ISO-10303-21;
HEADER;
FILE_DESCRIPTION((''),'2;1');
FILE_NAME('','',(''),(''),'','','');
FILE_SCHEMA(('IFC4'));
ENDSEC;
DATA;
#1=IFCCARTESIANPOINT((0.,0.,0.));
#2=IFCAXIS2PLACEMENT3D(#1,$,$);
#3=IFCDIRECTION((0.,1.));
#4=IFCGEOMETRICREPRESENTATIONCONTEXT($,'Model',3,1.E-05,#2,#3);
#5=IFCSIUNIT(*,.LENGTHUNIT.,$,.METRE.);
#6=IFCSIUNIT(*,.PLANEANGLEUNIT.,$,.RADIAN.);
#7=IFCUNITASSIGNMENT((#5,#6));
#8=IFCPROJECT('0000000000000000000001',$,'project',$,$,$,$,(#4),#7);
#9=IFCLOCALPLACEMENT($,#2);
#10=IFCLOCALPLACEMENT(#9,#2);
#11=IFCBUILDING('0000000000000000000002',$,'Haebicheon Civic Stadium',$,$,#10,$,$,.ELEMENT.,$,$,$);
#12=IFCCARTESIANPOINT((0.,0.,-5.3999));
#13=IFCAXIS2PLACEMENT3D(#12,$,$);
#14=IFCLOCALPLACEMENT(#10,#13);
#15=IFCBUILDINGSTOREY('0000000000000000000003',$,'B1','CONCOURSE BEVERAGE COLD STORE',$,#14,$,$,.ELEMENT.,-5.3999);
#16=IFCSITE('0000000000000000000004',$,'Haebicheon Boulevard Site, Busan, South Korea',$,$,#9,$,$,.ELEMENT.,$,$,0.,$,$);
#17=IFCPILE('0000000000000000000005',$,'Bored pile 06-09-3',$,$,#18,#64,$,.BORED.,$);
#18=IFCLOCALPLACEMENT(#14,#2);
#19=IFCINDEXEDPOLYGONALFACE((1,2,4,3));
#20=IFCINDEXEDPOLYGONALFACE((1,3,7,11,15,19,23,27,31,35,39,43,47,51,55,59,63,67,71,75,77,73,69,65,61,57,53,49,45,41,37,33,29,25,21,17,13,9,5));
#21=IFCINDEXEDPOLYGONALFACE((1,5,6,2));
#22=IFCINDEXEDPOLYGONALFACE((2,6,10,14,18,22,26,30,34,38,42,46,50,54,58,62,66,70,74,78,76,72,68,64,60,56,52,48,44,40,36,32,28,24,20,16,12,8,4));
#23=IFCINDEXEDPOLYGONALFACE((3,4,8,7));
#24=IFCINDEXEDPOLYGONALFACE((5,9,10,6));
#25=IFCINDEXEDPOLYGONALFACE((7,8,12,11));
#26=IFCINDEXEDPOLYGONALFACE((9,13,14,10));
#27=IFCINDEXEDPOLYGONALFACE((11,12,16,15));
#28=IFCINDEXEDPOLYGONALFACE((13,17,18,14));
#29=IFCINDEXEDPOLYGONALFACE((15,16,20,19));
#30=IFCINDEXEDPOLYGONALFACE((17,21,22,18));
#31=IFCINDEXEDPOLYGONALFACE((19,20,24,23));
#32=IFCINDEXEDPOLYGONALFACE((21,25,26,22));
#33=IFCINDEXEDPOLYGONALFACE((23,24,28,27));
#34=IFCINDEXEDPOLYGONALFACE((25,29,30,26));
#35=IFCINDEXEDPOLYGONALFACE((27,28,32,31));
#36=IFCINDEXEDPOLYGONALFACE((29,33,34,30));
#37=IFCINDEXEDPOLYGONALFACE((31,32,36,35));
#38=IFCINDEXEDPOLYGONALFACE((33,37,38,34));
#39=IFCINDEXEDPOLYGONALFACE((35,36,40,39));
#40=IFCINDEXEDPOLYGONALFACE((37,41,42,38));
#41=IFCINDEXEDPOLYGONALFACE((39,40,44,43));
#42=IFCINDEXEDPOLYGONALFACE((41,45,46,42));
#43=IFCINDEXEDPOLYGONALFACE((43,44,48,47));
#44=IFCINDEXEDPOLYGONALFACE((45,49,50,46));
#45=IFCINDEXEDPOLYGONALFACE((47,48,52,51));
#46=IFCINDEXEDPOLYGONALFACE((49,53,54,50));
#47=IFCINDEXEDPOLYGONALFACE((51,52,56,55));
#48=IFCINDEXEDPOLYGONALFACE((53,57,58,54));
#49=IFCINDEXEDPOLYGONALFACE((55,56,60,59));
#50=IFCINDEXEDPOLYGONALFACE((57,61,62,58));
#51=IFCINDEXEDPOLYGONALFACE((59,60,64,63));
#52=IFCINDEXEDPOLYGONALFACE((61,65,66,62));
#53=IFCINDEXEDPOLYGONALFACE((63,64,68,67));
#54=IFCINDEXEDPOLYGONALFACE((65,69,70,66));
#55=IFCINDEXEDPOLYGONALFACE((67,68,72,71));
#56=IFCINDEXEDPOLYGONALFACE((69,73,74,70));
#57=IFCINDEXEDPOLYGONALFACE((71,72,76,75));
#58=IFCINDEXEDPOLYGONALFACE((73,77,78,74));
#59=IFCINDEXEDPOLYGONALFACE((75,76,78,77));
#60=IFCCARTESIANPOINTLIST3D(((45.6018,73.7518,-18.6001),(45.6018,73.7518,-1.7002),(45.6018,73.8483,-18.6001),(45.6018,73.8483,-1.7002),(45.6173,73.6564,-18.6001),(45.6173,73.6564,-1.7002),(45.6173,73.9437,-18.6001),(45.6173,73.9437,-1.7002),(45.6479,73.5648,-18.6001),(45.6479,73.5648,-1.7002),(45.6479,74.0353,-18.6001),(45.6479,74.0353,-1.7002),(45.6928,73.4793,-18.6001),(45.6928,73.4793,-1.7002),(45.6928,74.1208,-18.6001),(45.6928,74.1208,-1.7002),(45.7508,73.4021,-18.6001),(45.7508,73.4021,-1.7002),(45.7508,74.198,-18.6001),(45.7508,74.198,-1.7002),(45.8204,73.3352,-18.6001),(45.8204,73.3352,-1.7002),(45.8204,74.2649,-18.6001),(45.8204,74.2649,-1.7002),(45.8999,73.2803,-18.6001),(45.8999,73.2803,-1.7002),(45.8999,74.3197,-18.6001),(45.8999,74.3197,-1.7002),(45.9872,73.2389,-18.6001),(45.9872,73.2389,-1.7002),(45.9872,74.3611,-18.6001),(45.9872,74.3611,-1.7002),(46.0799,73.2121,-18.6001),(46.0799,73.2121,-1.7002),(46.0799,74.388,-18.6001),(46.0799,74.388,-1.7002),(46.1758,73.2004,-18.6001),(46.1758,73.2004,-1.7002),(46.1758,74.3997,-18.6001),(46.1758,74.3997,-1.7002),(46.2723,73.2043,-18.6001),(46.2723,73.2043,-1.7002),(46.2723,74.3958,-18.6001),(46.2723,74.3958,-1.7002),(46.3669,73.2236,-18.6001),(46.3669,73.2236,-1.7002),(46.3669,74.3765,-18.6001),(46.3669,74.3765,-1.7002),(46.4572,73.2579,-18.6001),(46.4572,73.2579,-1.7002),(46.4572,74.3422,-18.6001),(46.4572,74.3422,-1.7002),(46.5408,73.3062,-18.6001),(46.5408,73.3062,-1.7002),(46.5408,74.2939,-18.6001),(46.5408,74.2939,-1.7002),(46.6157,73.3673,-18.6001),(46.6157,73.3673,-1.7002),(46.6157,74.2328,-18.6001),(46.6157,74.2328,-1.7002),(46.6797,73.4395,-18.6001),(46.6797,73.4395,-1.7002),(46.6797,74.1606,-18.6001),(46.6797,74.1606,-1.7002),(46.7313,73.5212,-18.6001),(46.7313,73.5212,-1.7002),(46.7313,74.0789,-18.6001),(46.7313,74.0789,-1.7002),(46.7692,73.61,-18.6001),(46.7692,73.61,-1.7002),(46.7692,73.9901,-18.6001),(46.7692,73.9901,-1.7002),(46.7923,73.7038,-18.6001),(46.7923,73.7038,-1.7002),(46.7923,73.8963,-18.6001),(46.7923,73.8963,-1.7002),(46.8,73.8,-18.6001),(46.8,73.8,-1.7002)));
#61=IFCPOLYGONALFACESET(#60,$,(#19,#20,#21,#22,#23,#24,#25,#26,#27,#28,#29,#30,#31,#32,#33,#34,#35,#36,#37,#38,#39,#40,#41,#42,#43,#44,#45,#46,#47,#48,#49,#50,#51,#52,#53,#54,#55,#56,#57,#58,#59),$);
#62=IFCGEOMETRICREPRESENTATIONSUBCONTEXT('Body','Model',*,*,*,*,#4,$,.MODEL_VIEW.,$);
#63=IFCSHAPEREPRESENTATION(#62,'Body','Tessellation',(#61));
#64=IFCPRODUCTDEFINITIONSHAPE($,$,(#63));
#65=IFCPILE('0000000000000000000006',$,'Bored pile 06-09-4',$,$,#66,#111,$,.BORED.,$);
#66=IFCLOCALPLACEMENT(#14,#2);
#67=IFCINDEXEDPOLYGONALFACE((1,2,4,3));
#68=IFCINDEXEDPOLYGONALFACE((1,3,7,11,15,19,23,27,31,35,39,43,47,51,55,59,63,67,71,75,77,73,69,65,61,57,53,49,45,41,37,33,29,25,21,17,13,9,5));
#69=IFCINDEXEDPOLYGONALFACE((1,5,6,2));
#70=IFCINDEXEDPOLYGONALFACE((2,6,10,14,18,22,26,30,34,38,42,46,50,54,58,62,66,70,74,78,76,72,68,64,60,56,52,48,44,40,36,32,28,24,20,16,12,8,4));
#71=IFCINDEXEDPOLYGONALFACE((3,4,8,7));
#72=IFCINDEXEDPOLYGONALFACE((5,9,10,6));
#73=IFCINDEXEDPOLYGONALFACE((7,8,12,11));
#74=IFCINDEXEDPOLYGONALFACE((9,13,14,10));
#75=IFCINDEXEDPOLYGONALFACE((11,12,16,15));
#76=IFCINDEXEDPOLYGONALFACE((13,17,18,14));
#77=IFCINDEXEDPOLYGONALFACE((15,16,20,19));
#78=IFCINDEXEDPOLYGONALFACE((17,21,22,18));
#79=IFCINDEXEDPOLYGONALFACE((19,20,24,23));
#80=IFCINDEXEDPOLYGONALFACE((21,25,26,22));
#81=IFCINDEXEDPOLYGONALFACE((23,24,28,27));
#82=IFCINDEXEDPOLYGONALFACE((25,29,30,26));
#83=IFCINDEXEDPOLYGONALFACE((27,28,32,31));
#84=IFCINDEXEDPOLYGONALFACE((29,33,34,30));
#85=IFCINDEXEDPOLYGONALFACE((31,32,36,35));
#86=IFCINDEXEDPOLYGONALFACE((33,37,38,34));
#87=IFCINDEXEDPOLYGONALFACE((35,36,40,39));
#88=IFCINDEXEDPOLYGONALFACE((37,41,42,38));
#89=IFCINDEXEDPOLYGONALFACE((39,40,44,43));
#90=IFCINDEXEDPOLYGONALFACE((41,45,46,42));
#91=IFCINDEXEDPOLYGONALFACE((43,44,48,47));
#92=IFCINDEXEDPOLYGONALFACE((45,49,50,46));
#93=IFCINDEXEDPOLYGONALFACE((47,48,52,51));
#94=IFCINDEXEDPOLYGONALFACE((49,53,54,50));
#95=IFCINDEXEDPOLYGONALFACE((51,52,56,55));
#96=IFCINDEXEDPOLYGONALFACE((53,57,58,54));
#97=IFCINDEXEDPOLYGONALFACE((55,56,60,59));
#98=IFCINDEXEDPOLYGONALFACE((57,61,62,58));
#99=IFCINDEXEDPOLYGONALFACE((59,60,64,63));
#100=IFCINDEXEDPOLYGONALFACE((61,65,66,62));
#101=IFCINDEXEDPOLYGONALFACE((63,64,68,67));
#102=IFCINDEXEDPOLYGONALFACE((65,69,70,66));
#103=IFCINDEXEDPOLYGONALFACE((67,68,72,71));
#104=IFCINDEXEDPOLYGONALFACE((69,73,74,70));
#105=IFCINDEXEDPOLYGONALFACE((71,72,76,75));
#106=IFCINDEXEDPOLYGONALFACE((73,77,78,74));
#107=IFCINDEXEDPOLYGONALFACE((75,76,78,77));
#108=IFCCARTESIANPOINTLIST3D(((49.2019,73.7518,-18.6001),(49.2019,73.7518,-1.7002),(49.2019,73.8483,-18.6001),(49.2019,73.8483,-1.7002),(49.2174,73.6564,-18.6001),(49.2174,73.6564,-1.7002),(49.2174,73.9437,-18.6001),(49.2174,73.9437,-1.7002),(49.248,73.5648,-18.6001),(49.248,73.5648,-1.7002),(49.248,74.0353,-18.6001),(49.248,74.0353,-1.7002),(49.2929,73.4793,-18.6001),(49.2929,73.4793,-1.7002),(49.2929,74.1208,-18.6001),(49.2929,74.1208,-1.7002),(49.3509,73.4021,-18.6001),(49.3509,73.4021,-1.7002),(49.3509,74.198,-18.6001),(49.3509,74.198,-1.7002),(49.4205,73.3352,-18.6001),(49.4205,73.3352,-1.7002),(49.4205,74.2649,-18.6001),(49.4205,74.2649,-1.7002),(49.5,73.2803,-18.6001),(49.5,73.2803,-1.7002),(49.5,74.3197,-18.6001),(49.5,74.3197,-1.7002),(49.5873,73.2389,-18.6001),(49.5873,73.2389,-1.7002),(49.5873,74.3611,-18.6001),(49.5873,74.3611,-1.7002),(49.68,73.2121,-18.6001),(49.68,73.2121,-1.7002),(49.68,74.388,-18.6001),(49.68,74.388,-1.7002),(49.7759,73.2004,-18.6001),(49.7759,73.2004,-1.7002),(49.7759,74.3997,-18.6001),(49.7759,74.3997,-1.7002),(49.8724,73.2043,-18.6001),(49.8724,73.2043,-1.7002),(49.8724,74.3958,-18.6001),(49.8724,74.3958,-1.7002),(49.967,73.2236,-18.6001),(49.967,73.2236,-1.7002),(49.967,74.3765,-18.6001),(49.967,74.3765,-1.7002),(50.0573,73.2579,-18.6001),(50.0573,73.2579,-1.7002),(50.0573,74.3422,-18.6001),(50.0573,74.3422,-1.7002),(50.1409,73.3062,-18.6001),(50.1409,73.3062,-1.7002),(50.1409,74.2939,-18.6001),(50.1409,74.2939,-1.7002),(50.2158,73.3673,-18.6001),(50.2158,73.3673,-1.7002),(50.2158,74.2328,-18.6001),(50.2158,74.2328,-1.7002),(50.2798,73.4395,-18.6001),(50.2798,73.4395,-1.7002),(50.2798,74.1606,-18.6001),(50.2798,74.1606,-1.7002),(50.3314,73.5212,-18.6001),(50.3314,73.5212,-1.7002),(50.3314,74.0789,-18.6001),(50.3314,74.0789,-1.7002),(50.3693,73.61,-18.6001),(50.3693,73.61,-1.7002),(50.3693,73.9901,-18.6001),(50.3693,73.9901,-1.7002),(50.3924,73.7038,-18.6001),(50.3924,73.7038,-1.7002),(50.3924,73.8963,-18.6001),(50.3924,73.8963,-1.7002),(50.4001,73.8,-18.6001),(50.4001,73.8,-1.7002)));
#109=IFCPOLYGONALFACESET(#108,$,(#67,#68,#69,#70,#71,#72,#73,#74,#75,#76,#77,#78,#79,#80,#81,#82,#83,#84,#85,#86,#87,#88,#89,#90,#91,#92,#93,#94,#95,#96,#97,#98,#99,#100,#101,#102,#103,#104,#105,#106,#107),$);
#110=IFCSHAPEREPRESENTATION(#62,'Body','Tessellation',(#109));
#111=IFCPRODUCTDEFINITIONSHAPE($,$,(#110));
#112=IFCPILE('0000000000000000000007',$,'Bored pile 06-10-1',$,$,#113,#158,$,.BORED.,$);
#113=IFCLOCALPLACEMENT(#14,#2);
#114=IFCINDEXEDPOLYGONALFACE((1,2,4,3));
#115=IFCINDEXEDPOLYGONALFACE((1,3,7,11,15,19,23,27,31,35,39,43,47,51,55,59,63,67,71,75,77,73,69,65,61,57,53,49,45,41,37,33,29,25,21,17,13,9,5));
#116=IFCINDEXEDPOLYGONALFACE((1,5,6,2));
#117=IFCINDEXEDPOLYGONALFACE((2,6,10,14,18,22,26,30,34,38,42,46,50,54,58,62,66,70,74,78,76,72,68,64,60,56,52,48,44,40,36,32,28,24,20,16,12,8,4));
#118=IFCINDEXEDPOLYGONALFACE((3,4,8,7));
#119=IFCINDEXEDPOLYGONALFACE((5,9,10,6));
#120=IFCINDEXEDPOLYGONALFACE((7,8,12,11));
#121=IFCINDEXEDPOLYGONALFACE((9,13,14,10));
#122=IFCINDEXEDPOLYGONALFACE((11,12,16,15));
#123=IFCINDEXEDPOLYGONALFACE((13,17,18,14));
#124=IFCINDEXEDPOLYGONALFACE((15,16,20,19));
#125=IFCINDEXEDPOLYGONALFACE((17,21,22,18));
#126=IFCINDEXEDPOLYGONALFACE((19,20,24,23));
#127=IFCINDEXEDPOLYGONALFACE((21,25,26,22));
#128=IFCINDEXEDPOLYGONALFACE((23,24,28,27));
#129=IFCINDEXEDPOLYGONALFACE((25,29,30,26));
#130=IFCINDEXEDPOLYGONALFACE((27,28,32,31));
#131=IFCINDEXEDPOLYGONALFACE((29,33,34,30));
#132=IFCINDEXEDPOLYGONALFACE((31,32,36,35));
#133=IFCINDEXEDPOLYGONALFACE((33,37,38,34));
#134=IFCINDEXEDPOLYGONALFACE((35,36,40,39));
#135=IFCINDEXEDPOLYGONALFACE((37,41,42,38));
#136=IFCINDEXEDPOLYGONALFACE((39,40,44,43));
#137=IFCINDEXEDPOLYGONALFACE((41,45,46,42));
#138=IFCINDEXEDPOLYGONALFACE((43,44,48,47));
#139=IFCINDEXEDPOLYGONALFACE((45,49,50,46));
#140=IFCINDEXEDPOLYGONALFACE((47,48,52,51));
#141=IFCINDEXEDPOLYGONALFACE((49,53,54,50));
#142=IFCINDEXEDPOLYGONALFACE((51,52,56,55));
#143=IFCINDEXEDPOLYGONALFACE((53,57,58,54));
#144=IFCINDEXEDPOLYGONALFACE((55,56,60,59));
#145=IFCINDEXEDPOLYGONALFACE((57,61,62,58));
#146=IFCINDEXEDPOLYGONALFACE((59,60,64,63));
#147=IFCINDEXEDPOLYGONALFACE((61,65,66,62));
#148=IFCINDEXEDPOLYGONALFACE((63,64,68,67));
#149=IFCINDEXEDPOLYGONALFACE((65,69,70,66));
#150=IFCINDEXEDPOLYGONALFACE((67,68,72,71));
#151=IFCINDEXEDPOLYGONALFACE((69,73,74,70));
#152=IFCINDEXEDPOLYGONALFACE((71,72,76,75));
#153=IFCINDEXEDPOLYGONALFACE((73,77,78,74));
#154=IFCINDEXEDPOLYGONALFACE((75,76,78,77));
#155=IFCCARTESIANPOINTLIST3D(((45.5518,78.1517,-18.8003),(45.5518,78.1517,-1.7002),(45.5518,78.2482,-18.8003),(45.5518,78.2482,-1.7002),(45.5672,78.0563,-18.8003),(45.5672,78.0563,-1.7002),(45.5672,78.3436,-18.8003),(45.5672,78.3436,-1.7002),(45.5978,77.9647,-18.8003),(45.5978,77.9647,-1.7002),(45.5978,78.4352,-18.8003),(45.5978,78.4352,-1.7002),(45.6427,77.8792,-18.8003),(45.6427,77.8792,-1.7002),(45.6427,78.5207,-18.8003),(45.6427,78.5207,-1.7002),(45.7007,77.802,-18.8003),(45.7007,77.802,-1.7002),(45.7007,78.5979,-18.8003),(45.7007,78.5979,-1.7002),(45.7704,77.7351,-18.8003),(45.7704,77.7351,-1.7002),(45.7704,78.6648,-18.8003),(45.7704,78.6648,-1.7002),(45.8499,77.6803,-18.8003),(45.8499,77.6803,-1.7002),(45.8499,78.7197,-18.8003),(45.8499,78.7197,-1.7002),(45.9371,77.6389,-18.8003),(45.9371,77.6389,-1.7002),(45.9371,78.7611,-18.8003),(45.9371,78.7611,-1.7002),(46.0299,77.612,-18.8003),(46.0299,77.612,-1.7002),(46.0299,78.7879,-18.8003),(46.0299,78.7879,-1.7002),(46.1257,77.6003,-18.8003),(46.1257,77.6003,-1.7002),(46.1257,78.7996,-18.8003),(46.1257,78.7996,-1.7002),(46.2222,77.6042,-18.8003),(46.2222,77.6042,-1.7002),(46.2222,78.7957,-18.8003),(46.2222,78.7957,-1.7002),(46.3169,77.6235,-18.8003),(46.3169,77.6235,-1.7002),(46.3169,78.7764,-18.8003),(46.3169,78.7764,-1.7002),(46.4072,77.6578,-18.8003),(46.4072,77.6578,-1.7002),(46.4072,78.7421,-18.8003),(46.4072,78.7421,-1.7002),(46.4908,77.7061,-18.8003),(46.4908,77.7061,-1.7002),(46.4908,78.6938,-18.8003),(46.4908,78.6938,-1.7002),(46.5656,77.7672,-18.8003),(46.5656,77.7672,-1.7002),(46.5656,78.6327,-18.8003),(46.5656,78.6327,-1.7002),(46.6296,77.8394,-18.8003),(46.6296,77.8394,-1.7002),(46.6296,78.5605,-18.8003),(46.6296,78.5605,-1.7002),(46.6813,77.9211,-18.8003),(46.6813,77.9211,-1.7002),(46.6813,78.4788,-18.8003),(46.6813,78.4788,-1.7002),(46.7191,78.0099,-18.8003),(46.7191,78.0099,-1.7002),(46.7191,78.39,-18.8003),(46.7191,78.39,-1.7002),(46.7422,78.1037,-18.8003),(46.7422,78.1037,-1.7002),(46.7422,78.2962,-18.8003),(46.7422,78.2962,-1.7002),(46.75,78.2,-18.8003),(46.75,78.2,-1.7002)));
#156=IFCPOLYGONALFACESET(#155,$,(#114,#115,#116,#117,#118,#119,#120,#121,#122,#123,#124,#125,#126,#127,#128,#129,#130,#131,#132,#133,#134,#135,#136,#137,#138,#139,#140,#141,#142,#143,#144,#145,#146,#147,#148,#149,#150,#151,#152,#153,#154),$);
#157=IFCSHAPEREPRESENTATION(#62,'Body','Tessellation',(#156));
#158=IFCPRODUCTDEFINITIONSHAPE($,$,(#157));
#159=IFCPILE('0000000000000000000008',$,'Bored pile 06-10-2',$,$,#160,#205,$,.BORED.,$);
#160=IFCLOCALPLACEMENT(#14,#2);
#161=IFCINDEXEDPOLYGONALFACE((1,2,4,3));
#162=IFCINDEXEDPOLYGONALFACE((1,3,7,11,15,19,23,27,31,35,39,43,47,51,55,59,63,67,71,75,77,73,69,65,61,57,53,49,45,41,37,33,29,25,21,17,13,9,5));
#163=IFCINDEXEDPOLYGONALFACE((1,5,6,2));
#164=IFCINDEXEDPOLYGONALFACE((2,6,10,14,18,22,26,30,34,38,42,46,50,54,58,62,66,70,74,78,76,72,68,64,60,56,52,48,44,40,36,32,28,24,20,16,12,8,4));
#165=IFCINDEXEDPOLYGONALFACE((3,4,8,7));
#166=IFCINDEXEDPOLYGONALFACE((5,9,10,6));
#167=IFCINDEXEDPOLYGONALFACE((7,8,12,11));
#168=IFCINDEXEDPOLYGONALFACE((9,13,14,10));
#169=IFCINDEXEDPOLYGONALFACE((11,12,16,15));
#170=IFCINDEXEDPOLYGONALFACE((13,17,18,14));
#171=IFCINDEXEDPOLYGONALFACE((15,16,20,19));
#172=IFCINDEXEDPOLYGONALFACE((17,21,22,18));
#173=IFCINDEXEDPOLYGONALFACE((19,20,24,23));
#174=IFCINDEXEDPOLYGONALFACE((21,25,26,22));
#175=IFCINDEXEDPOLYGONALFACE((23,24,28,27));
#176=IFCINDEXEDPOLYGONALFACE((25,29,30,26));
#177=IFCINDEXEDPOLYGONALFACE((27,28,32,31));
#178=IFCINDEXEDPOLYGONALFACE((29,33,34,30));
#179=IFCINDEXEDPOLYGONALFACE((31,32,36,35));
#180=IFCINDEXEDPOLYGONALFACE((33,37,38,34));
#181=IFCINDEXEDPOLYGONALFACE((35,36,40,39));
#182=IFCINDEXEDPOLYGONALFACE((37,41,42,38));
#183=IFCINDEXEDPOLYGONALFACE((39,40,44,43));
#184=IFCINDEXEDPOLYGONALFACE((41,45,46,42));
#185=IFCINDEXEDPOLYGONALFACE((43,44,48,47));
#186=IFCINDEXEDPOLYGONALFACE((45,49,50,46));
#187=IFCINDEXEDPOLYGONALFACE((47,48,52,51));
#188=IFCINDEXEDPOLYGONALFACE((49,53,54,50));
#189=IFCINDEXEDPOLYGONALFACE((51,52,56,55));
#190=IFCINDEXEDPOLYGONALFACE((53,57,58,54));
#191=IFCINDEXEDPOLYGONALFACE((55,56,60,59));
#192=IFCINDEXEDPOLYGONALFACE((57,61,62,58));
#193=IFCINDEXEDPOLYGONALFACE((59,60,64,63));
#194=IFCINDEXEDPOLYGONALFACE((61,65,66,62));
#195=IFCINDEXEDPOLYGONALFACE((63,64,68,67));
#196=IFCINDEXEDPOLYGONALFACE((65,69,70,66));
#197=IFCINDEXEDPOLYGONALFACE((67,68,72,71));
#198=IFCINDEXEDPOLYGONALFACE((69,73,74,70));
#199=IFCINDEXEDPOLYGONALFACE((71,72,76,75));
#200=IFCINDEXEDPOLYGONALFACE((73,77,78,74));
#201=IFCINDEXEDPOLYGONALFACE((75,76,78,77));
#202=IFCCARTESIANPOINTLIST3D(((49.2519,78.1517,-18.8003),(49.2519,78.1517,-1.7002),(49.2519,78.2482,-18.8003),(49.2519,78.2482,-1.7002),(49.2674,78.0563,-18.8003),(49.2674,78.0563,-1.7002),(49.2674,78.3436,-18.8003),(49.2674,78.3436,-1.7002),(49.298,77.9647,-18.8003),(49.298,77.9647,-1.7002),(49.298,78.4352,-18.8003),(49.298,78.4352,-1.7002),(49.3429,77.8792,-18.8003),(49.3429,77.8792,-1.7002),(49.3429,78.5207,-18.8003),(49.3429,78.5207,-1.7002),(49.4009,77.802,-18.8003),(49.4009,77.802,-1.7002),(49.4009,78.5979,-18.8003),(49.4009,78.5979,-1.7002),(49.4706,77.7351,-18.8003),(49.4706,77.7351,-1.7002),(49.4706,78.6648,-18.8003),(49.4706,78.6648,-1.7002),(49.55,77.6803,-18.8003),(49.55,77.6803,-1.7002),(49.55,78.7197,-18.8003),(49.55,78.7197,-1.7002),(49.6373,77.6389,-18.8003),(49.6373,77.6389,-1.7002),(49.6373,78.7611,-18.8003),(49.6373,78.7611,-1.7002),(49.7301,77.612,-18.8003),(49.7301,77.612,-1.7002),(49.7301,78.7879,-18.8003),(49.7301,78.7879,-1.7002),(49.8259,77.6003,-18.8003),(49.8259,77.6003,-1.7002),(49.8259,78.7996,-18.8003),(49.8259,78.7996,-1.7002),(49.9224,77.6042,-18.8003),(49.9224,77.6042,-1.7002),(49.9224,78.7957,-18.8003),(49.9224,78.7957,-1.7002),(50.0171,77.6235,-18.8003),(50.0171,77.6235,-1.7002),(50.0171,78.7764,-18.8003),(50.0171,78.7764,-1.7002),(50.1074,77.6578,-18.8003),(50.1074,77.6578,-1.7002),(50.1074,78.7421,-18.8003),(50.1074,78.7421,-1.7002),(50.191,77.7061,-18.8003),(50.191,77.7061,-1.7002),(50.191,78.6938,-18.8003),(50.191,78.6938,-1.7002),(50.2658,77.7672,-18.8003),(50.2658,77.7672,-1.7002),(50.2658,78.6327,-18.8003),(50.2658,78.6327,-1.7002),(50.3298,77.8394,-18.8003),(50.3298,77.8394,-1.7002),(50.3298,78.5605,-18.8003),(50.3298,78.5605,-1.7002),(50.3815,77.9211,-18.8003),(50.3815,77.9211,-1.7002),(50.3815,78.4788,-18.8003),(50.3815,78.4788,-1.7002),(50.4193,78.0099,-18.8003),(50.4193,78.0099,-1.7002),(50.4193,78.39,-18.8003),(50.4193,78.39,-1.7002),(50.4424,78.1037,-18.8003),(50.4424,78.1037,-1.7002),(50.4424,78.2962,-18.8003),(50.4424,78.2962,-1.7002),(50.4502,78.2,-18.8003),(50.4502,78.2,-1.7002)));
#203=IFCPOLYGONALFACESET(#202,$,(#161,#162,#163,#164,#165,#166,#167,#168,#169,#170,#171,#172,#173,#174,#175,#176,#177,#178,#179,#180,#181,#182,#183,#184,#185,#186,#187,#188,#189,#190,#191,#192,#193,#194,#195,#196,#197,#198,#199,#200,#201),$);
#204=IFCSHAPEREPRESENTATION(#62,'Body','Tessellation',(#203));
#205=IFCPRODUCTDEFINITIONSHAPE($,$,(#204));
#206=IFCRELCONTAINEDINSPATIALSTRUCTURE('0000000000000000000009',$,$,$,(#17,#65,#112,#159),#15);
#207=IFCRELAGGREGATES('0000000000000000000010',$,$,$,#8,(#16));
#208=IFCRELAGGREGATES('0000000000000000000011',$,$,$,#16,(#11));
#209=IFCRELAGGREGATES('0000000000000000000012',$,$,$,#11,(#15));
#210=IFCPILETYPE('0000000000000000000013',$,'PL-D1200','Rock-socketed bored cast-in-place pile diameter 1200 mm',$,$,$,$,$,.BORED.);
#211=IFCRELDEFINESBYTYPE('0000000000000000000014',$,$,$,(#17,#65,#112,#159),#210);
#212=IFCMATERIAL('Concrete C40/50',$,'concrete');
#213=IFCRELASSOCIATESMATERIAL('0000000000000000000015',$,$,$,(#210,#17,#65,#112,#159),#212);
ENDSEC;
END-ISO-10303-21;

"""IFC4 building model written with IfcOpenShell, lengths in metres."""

from ifc_helpers import new_model, si_unit, direction, frame, origin, origin_2d, place, context, subcontext, project, spatial, circle, extrude, material, material_profile, profile_set, type_object, element, save


model = new_model("IFC4")

# Units and contexts
model_context = context("Model", 3, precision=1e-05, world=origin(), true_north=direction((0.0, 1.0)))
body_context = subcontext(model_context, "Body", "Model", "MODEL_VIEW")
ifc_project = project(units=[si_unit("LENGTHUNIT", "METRE"), si_unit("PLANEANGLEUNIT", "RADIAN")], contexts=[model_context])

# Site, building, storey
site_placement = place(None, origin())
site = spatial("IfcSite", under=ifc_project, at=site_placement, Name="Haebicheon Boulevard Site, Busan, South Korea", CompositionType="ELEMENT", RefElevation=0.0)
building_placement = place(site_placement, origin())
building = spatial("IfcBuilding", under=site, at=building_placement, Name="Haebicheon Civic Stadium", CompositionType="ELEMENT")
storey_placement = place(building_placement, frame((0.0, 0.0, -5.3999)))
storey = spatial("IfcBuildingStorey", under=building, at=storey_placement, Name="B1", Description="CONCOURSE BEVERAGE COLD STORE", CompositionType="ELEMENT", Elevation=-5.3999)

# Piles
ifc_material_1 = material(Name="Concrete C40/50", Category="concrete")
ifc_material_profile_1 = material_profile(ifc_material_1, circle(Radius=0.6001, at=origin_2d()), Name="PILE-D1200")
ifc_profile_set_1 = profile_set([ifc_material_profile_1], Name="Concrete C40/50")
pile_type_1 = type_object("IfcPileType", Name="PL-D1200", Description="Rock-socketed bored cast-in-place pile diameter 1200 mm", PredefinedType="BORED", material=ifc_profile_set_1)
for number, where, z_axis, x_axis, name in (
    (1, (46.2, 73.8, -1.7002), (0.0, 0.0, -1.0), (1.0, 0.0, 0.0), "Bored pile 06-09-3"),
    (2, (49.8, 73.8, -1.7002), (0.0, 0.0, -1.0), (1.0, 0.0, 0.0), "Bored pile 06-09-4"),
):
    element("IfcPile", number, at=place(storey_placement, frame(where, z_axis=z_axis, x_axis=x_axis)), inside=storey, type_object=pile_type_1, material=ifc_profile_set_1, Name=name, PredefinedType="BORED", context=body_context, shape_type="SweptSolid", body=[
        extrude(circle(Radius=0.6001, at=origin_2d()), origin(), (0.0, 0.0, 1.0), 16.8999),
    ])
for number, where, z_axis, x_axis, name in (
    (3, (46.1499, 78.2, -1.7002), (0.0, 0.0, -1.0), (1.0, 0.0, 0.0), "Bored pile 06-10-1"),
    (4, (49.8501, 78.2, -1.7002), (0.0, 0.0, -1.0), (1.0, 0.0, 0.0), "Bored pile 06-10-2"),
):
    element("IfcPile", number, at=place(storey_placement, frame(where, z_axis=z_axis, x_axis=x_axis)), inside=storey, type_object=pile_type_1, material=ifc_profile_set_1, Name=name, PredefinedType="BORED", context=body_context, shape_type="SweptSolid", body=[
        extrude(circle(Radius=0.6001, at=origin_2d()), origin(), (0.0, 0.0, 1.0), 17.1001),
    ])

save(model, "model.ifc")
